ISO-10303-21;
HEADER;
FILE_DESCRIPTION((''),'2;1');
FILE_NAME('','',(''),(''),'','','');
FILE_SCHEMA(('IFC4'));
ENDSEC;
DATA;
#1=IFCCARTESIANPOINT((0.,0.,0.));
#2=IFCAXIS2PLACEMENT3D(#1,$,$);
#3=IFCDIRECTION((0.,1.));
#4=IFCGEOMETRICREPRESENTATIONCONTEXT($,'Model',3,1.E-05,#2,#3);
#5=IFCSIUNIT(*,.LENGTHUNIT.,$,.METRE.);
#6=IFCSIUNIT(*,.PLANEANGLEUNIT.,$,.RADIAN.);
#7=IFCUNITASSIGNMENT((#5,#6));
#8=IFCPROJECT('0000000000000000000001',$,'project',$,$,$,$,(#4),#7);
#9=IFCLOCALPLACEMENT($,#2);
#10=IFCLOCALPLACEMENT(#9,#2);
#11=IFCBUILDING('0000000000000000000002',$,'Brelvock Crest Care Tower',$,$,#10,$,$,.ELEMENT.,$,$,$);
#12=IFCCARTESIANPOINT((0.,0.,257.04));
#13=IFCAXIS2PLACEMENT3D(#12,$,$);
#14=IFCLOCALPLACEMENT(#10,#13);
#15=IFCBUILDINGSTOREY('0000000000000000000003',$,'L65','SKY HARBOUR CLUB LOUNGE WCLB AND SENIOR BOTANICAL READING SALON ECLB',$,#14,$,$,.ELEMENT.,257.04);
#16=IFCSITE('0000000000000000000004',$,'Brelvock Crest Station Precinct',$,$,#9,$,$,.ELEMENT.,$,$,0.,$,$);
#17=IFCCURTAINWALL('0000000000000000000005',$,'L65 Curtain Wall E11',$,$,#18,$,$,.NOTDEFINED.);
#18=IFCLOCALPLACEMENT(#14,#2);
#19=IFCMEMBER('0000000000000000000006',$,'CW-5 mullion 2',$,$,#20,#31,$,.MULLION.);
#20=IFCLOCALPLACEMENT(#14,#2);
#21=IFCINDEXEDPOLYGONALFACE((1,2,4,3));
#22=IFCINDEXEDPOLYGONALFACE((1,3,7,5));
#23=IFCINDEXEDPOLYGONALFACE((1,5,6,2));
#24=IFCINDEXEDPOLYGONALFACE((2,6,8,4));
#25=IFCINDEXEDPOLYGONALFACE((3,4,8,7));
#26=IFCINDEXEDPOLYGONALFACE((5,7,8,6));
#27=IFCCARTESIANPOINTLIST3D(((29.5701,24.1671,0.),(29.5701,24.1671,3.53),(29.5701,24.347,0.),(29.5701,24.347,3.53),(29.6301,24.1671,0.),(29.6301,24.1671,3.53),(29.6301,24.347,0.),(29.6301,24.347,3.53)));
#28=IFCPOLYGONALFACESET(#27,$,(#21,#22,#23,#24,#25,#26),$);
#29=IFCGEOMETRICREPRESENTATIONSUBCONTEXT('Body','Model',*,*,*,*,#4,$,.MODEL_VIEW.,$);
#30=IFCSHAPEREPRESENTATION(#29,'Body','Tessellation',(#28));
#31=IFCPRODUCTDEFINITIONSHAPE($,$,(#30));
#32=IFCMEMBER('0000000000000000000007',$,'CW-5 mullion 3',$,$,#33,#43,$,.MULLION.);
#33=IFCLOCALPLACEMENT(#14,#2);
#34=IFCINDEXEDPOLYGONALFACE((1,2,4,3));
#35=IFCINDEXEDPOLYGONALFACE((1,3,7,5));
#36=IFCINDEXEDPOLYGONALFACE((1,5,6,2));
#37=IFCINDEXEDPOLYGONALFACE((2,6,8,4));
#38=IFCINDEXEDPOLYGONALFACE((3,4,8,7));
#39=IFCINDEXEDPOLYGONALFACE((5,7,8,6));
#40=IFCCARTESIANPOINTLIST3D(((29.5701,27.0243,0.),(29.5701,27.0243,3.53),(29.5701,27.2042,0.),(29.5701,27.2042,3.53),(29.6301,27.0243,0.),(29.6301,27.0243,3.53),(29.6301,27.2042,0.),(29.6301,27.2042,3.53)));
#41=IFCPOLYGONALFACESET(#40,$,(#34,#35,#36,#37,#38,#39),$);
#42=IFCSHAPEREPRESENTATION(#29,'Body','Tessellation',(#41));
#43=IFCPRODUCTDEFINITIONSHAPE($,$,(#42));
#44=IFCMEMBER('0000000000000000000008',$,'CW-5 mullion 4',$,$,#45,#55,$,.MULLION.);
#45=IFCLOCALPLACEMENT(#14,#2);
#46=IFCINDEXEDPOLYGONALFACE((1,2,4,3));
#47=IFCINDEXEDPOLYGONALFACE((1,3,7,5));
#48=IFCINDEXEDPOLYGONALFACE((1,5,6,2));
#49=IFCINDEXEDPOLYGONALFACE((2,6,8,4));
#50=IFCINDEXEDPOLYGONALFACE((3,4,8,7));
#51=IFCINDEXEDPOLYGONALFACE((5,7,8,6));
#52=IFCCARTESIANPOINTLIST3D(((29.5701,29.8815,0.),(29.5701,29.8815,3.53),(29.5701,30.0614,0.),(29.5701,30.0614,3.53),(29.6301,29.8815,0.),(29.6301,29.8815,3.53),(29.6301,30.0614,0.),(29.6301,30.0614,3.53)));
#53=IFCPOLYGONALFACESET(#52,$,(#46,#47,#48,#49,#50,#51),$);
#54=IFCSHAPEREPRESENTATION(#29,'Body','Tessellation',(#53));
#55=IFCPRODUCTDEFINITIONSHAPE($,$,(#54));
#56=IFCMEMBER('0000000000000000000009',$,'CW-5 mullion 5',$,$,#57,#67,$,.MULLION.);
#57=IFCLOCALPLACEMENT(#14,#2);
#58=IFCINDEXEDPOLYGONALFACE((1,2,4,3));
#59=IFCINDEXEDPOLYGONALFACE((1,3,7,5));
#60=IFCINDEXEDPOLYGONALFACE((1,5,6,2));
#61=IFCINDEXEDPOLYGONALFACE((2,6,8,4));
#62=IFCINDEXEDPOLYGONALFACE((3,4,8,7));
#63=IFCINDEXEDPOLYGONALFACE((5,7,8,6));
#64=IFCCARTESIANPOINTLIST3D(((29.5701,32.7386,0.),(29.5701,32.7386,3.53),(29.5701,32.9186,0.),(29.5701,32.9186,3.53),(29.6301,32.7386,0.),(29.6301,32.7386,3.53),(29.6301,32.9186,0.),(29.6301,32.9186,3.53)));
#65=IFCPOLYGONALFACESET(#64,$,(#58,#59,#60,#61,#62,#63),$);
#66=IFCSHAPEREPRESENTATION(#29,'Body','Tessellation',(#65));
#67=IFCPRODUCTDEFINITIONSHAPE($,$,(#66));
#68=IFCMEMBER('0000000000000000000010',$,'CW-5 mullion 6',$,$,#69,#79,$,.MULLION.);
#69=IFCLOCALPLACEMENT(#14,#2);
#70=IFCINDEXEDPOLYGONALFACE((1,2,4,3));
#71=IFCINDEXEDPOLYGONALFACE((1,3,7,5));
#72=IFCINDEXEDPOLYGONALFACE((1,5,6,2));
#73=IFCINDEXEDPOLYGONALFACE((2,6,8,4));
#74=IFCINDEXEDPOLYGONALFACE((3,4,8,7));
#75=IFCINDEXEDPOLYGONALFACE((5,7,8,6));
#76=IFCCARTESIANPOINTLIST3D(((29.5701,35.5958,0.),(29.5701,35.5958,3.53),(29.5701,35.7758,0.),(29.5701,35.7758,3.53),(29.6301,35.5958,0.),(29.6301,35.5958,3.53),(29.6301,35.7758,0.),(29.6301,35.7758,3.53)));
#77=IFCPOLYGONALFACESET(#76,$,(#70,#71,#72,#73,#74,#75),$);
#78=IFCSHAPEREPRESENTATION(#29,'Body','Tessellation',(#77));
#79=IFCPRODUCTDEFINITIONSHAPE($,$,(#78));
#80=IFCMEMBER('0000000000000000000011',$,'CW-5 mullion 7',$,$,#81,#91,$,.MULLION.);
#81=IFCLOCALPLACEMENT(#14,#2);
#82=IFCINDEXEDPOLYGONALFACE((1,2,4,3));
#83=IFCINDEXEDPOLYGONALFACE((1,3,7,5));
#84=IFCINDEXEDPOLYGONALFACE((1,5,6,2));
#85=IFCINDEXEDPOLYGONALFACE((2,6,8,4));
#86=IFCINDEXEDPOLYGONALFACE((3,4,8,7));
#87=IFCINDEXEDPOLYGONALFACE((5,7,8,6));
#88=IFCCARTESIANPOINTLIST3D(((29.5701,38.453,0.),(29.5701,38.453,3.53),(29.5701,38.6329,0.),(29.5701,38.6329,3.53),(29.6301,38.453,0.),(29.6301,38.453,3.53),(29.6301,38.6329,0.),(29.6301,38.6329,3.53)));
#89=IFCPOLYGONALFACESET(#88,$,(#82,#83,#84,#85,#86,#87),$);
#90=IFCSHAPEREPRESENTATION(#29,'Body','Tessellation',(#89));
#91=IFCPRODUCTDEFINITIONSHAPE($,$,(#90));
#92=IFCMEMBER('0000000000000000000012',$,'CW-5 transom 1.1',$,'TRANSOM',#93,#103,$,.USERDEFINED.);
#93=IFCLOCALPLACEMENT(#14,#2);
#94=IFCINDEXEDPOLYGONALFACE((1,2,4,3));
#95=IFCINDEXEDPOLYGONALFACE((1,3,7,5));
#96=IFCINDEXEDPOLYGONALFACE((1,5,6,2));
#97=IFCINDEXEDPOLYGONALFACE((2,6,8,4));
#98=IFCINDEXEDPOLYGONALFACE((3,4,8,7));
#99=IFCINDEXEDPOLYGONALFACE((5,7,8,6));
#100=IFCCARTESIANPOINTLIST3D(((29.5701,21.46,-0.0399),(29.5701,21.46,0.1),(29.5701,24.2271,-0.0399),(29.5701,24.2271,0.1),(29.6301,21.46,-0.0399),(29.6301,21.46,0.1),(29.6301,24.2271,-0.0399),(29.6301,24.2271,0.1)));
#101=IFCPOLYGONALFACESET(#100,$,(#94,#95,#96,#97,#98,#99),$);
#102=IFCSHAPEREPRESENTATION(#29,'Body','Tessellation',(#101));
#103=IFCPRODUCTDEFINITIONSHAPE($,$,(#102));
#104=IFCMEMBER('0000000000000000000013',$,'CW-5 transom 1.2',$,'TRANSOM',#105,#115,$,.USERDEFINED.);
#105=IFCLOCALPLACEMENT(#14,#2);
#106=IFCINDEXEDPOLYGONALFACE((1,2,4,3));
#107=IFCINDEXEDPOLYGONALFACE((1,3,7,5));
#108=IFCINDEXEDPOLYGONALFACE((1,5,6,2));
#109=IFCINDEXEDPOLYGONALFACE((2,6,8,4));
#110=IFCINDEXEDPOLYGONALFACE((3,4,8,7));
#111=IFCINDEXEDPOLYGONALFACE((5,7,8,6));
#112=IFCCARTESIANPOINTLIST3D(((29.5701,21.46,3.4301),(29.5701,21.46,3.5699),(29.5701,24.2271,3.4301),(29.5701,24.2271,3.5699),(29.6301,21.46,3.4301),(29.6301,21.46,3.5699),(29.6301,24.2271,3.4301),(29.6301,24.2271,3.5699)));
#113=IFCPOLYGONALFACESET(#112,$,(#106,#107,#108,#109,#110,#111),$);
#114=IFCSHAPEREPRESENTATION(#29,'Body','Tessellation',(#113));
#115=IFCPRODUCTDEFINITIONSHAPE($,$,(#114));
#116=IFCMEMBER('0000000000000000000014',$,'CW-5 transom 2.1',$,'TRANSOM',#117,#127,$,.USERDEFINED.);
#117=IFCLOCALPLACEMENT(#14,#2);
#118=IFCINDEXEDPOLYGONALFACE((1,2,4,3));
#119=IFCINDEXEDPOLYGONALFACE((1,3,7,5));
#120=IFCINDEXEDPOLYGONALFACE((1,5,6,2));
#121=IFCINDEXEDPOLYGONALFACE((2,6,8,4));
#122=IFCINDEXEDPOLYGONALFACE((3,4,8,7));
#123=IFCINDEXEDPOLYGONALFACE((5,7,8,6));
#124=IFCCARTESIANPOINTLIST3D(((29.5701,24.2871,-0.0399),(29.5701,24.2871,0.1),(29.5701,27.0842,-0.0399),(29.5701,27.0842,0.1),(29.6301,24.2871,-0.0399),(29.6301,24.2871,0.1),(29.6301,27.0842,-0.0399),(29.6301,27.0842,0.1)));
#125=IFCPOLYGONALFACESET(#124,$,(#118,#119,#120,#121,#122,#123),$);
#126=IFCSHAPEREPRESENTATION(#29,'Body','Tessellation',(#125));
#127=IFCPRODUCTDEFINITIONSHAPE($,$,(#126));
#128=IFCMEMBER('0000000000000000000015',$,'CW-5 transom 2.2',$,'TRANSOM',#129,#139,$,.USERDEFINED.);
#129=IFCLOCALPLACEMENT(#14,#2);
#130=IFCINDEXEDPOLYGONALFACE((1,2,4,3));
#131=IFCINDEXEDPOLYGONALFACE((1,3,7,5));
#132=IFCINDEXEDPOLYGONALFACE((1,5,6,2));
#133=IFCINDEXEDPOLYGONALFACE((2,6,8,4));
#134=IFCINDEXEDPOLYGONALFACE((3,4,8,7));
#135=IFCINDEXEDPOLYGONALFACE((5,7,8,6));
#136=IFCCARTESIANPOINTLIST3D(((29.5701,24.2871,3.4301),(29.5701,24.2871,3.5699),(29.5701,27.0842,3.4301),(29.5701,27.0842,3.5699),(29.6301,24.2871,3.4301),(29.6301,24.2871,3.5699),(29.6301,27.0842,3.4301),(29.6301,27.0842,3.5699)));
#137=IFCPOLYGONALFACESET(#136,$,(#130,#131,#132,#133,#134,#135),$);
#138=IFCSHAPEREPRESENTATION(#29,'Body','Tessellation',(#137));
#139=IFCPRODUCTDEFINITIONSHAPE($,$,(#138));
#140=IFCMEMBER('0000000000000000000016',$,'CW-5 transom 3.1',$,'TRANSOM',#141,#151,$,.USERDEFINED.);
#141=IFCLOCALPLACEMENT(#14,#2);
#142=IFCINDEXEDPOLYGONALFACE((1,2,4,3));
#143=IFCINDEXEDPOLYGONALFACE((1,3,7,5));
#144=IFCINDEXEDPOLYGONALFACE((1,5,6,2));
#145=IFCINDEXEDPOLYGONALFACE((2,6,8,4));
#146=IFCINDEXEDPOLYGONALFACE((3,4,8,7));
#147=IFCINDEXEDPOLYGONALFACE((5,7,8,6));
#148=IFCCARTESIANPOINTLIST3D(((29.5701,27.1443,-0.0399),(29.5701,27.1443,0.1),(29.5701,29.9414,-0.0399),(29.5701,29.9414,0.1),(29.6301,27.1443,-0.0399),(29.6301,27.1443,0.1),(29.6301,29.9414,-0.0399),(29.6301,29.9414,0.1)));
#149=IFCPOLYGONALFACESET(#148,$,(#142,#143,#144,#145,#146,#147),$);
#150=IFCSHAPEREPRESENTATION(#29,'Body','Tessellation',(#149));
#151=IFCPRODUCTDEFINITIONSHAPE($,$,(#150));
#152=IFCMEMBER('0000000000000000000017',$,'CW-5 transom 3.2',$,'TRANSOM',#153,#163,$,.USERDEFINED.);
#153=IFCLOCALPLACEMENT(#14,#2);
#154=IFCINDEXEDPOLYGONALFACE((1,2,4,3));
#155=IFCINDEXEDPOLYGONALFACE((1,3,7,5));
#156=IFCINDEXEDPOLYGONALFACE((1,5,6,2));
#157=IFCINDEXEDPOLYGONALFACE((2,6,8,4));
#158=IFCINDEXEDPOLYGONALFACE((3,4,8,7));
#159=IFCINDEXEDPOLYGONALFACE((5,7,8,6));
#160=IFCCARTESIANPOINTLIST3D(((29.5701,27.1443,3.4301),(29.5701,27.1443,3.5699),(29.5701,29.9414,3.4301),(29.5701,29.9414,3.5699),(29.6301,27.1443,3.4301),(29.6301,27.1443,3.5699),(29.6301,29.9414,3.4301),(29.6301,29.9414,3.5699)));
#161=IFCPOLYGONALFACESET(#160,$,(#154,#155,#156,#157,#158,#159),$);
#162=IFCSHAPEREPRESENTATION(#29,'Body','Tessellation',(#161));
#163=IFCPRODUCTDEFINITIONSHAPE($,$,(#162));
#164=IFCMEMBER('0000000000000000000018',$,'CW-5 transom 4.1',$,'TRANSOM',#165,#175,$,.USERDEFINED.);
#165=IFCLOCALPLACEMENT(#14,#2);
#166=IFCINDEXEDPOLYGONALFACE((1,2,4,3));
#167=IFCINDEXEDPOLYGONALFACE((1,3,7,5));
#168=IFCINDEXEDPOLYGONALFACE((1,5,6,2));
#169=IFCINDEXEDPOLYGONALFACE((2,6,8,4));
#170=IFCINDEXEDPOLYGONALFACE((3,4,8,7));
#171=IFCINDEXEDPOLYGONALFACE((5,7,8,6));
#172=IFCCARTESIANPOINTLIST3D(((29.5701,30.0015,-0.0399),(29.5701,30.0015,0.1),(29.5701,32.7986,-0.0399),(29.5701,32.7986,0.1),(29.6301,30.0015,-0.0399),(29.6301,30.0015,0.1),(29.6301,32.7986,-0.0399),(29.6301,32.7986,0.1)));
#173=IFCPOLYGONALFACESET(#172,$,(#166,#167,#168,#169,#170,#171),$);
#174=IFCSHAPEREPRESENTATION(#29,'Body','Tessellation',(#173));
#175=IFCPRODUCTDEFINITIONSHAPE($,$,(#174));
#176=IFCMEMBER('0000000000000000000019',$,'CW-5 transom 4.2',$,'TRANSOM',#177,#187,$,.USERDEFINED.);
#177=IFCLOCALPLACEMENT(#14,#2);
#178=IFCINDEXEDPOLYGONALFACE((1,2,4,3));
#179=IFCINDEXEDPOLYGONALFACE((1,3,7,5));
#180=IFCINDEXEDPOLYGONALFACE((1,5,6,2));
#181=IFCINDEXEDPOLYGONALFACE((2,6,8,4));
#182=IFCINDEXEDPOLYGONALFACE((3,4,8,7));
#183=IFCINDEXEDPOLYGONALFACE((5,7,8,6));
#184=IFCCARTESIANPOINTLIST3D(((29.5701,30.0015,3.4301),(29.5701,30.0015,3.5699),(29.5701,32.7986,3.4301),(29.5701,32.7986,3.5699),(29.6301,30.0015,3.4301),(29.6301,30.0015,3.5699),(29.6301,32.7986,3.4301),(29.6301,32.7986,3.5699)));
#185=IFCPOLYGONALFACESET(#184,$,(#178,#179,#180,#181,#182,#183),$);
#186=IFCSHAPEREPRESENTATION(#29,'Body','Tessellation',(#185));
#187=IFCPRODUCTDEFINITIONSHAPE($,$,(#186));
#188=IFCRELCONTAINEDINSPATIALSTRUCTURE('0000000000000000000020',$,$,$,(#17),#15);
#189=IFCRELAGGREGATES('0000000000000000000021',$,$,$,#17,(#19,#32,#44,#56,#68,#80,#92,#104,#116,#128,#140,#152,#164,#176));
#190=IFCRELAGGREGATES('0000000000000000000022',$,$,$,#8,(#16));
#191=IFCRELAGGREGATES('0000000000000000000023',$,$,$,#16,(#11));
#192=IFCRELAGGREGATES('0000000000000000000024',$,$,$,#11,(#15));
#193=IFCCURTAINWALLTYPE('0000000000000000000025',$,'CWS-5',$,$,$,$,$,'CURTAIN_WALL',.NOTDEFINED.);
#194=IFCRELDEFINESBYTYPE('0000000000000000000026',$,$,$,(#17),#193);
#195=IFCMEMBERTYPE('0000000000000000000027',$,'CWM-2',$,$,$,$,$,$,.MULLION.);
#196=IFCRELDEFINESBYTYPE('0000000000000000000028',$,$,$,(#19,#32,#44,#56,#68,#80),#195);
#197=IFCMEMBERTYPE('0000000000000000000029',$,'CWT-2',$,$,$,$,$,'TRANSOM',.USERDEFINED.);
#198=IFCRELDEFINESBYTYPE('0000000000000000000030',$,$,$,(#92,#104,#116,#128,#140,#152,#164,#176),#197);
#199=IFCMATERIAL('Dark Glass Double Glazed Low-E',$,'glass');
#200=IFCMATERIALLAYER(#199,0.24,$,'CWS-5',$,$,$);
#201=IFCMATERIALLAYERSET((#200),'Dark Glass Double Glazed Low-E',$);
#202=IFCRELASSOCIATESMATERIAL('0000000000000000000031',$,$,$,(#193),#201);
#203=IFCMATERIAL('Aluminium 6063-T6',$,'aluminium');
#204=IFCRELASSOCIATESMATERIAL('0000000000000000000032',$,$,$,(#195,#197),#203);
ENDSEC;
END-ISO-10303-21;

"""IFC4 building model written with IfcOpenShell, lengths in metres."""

from ifc_helpers import new_model, si_unit, direction, frame, origin, origin_2d, place, context, subcontext, project, spatial, rectangle, extrude, source, transform, mapped, material, layer, layer_set, material_profile, profile_set, type_object, element, aggregate, save


model = new_model("IFC4")

# Units and contexts
model_context = context("Model", 3, precision=1e-05, world=origin(), true_north=direction((0.0, 1.0)))
body_context = subcontext(model_context, "Body", "Model", "MODEL_VIEW")
ifc_project = project(units=[si_unit("LENGTHUNIT", "METRE"), si_unit("PLANEANGLEUNIT", "RADIAN")], contexts=[model_context])

# Site, building, storey
site_placement = place(None, origin())
site = spatial("IfcSite", under=ifc_project, at=site_placement, Name="Brelvock Crest Station Precinct", CompositionType="ELEMENT", RefElevation=0.0)
building_placement = place(site_placement, origin())
building = spatial("IfcBuilding", under=site, at=building_placement, Name="Brelvock Crest Care Tower", CompositionType="ELEMENT")
storey_placement = place(building_placement, frame((0.0, 0.0, 257.04)))
storey = spatial("IfcBuildingStorey", under=building, at=storey_placement, Name="L65", Description="SKY HARBOUR CLUB LOUNGE WCLB AND SENIOR BOTANICAL READING SALON ECLB", CompositionType="ELEMENT", Elevation=257.04)

# Curtain wall, members
ifc_material_1 = material(Name="Dark Glass Double Glazed Low-E", Category="glass")
ifc_layer_1 = layer(ifc_material_1, 0.24, Name="CWS-5")
ifc_layer_set_1 = layer_set([ifc_layer_1], Name="Dark Glass Double Glazed Low-E")
curtain_wall_type = type_object("IfcCurtainWallType", Name="CWS-5", ElementType="CURTAIN_WALL", PredefinedType="NOTDEFINED", material=ifc_layer_set_1)
curtain_wall_placement = place(storey_placement, origin())
curtain_wall = element("IfcCurtainWall", 1, at=curtain_wall_placement, inside=storey, type_object=curtain_wall_type, Name="L65 Curtain Wall E11", PredefinedType="NOTDEFINED")
ifc_material_2 = material(Name="Aluminium 6063-T6", Category="aluminium")
ifc_material_profile_1 = material_profile(ifc_material_2, rectangle(XDim=0.0601, YDim=0.1799, at=origin_2d()), Name="ALU60x180")
ifc_profile_set_1 = profile_set([ifc_material_profile_1], Name="Aluminium 6063-T6")
member_type_1 = type_object("IfcMemberType", Name="CWM-2", PredefinedType="MULLION", material=ifc_profile_set_1)
shared_shape_1 = source(origin(), body_context, "Body", "SweptSolid", [
    extrude(rectangle(XDim=0.0601, YDim=0.1799, at=origin_2d()), origin(), (0.0, 0.0, 1.0), 3.53),
])
member_1_placement = place(storey_placement, frame((29.6001, 24.2571, 0.0), z_axis=(0.0, 0.0, 1.0), x_axis=(-1.0, 0.0, 0.0)))
member_1 = element("IfcMember", 2, at=member_1_placement, type_object=member_type_1, Name="CW-5 mullion 2", PredefinedType="MULLION", context=body_context, shape_type="MappedRepresentation", body=[
    mapped(shared_shape_1, transform((0.0, 0.0, 0.0), x_axis=(1.0, 0.0, 0.0), y_axis=(0.0, 1.0, 0.0), z_axis=(0.0, 0.0, 1.0), scale=1.0)),
])
member_2_placement = place(storey_placement, frame((29.6001, 27.1143, 0.0), z_axis=(0.0, 0.0, 1.0), x_axis=(-1.0, 0.0, 0.0)))
member_2 = element("IfcMember", 3, at=member_2_placement, type_object=member_type_1, Name="CW-5 mullion 3", PredefinedType="MULLION", context=body_context, shape_type="MappedRepresentation", body=[
    mapped(shared_shape_1, transform((0.0, 0.0, 0.0), x_axis=(1.0, 0.0, 0.0), y_axis=(0.0, 1.0, 0.0), z_axis=(0.0, 0.0, 1.0), scale=1.0)),
])
member_3_placement = place(storey_placement, frame((29.6001, 29.9714, 0.0), z_axis=(0.0, 0.0, 1.0), x_axis=(-1.0, 0.0, 0.0)))
member_3 = element("IfcMember", 4, at=member_3_placement, type_object=member_type_1, Name="CW-5 mullion 4", PredefinedType="MULLION", context=body_context, shape_type="MappedRepresentation", body=[
    mapped(shared_shape_1, transform((0.0, 0.0, 0.0), x_axis=(1.0, 0.0, 0.0), y_axis=(0.0, 1.0, 0.0), z_axis=(0.0, 0.0, 1.0), scale=1.0)),
])
member_4_placement = place(storey_placement, frame((29.6001, 32.8286, 0.0), z_axis=(0.0, 0.0, 1.0), x_axis=(-1.0, 0.0, 0.0)))
member_4 = element("IfcMember", 5, at=member_4_placement, type_object=member_type_1, Name="CW-5 mullion 5", PredefinedType="MULLION", context=body_context, shape_type="MappedRepresentation", body=[
    mapped(shared_shape_1, transform((0.0, 0.0, 0.0), x_axis=(1.0, 0.0, 0.0), y_axis=(0.0, 1.0, 0.0), z_axis=(0.0, 0.0, 1.0), scale=1.0)),
])
member_5_placement = place(storey_placement, frame((29.6001, 35.6858, 0.0), z_axis=(0.0, 0.0, 1.0), x_axis=(-1.0, 0.0, 0.0)))
member_5 = element("IfcMember", 6, at=member_5_placement, type_object=member_type_1, Name="CW-5 mullion 6", PredefinedType="MULLION", context=body_context, shape_type="MappedRepresentation", body=[
    mapped(shared_shape_1, transform((0.0, 0.0, 0.0), x_axis=(1.0, 0.0, 0.0), y_axis=(0.0, 1.0, 0.0), z_axis=(0.0, 0.0, 1.0), scale=1.0)),
])
member_6_placement = place(storey_placement, frame((29.6001, 38.543, 0.0), z_axis=(0.0, 0.0, 1.0), x_axis=(-1.0, 0.0, 0.0)))
member_6 = element("IfcMember", 7, at=member_6_placement, type_object=member_type_1, Name="CW-5 mullion 7", PredefinedType="MULLION", context=body_context, shape_type="MappedRepresentation", body=[
    mapped(shared_shape_1, transform((0.0, 0.0, 0.0), x_axis=(1.0, 0.0, 0.0), y_axis=(0.0, 1.0, 0.0), z_axis=(0.0, 0.0, 1.0), scale=1.0)),
])
ifc_material_profile_2 = material_profile(ifc_material_2, rectangle(XDim=0.0601, YDim=0.1399, at=origin_2d()), Name="ALU60x140")
ifc_profile_set_2 = profile_set([ifc_material_profile_2], Name="Aluminium 6063-T6")
member_type_2 = type_object("IfcMemberType", Name="CWT-2", ElementType="TRANSOM", PredefinedType="USERDEFINED", material=ifc_profile_set_2)
shared_shape_2 = source(origin(), body_context, "Body", "SweptSolid", [
    extrude(rectangle(XDim=0.0601, YDim=0.1399, at=origin_2d()), origin(), (0.0, 0.0, 1.0), 2.7671),
])
member_7_placement = place(storey_placement, frame((29.6001, 21.46, 0.03), z_axis=(0.0, 1.0, 0.0), x_axis=(-1.0, 0.0, 0.0)))
member_7 = element("IfcMember", 8, at=member_7_placement, type_object=member_type_2, Name="CW-5 transom 1.1", ObjectType="TRANSOM", PredefinedType="USERDEFINED", context=body_context, shape_type="MappedRepresentation", body=[
    mapped(shared_shape_2, transform((0.0, 0.0, 0.0), x_axis=(1.0, 0.0, 0.0), y_axis=(0.0, 1.0, 0.0), z_axis=(0.0, 0.0, 1.0), scale=1.0)),
])
member_8_placement = place(storey_placement, frame((29.6001, 21.46, 3.5), z_axis=(0.0, 1.0, 0.0), x_axis=(-1.0, 0.0, 0.0)))
member_8 = element("IfcMember", 9, at=member_8_placement, type_object=member_type_2, Name="CW-5 transom 1.2", ObjectType="TRANSOM", PredefinedType="USERDEFINED", context=body_context, shape_type="MappedRepresentation", body=[
    mapped(shared_shape_2, transform((0.0, 0.0, 0.0), x_axis=(1.0, 0.0, 0.0), y_axis=(0.0, 1.0, 0.0), z_axis=(0.0, 0.0, 1.0), scale=1.0)),
])
shared_shape_3 = source(origin(), body_context, "Body", "SweptSolid", [
    extrude(rectangle(XDim=0.0601, YDim=0.1399, at=origin_2d()), origin(), (0.0, 0.0, 1.0), 2.7971),
])
member_9_placement = place(storey_placement, frame((29.6001, 24.2871, 0.03), z_axis=(0.0, 1.0, 0.0), x_axis=(-1.0, 0.0, 0.0)))
member_9 = element("IfcMember", 10, at=member_9_placement, type_object=member_type_2, Name="CW-5 transom 2.1", ObjectType="TRANSOM", PredefinedType="USERDEFINED", context=body_context, shape_type="MappedRepresentation", body=[
    mapped(shared_shape_3, transform((0.0, 0.0, 0.0), x_axis=(1.0, 0.0, 0.0), y_axis=(0.0, 1.0, 0.0), z_axis=(0.0, 0.0, 1.0), scale=1.0)),
])
member_10_placement = place(storey_placement, frame((29.6001, 24.2871, 3.5), z_axis=(0.0, 1.0, 0.0), x_axis=(-1.0, 0.0, 0.0)))
member_10 = element("IfcMember", 11, at=member_10_placement, type_object=member_type_2, Name="CW-5 transom 2.2", ObjectType="TRANSOM", PredefinedType="USERDEFINED", context=body_context, shape_type="MappedRepresentation", body=[
    mapped(shared_shape_3, transform((0.0, 0.0, 0.0), x_axis=(1.0, 0.0, 0.0), y_axis=(0.0, 1.0, 0.0), z_axis=(0.0, 0.0, 1.0), scale=1.0)),
])
member_11_placement = place(storey_placement, frame((29.6001, 27.1443, 0.03), z_axis=(0.0, 1.0, 0.0), x_axis=(-1.0, 0.0, 0.0)))
member_11 = element("IfcMember", 12, at=member_11_placement, type_object=member_type_2, Name="CW-5 transom 3.1", ObjectType="TRANSOM", PredefinedType="USERDEFINED", context=body_context, shape_type="MappedRepresentation", body=[
    mapped(shared_shape_3, transform((0.0, 0.0, 0.0), x_axis=(1.0, 0.0, 0.0), y_axis=(0.0, 1.0, 0.0), z_axis=(0.0, 0.0, 1.0), scale=1.0)),
])
member_12_placement = place(storey_placement, frame((29.6001, 27.1443, 3.5), z_axis=(0.0, 1.0, 0.0), x_axis=(-1.0, 0.0, 0.0)))
member_12 = element("IfcMember", 13, at=member_12_placement, type_object=member_type_2, Name="CW-5 transom 3.2", ObjectType="TRANSOM", PredefinedType="USERDEFINED", context=body_context, shape_type="MappedRepresentation", body=[
    mapped(shared_shape_3, transform((0.0, 0.0, 0.0), x_axis=(1.0, 0.0, 0.0), y_axis=(0.0, 1.0, 0.0), z_axis=(0.0, 0.0, 1.0), scale=1.0)),
])
member_13_placement = place(storey_placement, frame((29.6001, 30.0015, 0.03), z_axis=(0.0, 1.0, 0.0), x_axis=(-1.0, 0.0, 0.0)))
member_13 = element("IfcMember", 14, at=member_13_placement, type_object=member_type_2, Name="CW-5 transom 4.1", ObjectType="TRANSOM", PredefinedType="USERDEFINED", context=body_context, shape_type="MappedRepresentation", body=[
    mapped(shared_shape_3, transform((0.0, 0.0, 0.0), x_axis=(1.0, 0.0, 0.0), y_axis=(0.0, 1.0, 0.0), z_axis=(0.0, 0.0, 1.0), scale=1.0)),
])
member_14_placement = place(storey_placement, frame((29.6001, 30.0015, 3.5), z_axis=(0.0, 1.0, 0.0), x_axis=(-1.0, 0.0, 0.0)))
member_14 = element("IfcMember", 15, at=member_14_placement, type_object=member_type_2, Name="CW-5 transom 4.2", ObjectType="TRANSOM", PredefinedType="USERDEFINED", context=body_context, shape_type="MappedRepresentation", body=[
    mapped(shared_shape_3, transform((0.0, 0.0, 0.0), x_axis=(1.0, 0.0, 0.0), y_axis=(0.0, 1.0, 0.0), z_axis=(0.0, 0.0, 1.0), scale=1.0)),
])
aggregate(curtain_wall, [member_1, member_2, member_3, member_4, member_5, member_6, member_7, member_8, member_9, member_10, member_11, member_12, member_13, member_14])

save(model, "model.ifc")
